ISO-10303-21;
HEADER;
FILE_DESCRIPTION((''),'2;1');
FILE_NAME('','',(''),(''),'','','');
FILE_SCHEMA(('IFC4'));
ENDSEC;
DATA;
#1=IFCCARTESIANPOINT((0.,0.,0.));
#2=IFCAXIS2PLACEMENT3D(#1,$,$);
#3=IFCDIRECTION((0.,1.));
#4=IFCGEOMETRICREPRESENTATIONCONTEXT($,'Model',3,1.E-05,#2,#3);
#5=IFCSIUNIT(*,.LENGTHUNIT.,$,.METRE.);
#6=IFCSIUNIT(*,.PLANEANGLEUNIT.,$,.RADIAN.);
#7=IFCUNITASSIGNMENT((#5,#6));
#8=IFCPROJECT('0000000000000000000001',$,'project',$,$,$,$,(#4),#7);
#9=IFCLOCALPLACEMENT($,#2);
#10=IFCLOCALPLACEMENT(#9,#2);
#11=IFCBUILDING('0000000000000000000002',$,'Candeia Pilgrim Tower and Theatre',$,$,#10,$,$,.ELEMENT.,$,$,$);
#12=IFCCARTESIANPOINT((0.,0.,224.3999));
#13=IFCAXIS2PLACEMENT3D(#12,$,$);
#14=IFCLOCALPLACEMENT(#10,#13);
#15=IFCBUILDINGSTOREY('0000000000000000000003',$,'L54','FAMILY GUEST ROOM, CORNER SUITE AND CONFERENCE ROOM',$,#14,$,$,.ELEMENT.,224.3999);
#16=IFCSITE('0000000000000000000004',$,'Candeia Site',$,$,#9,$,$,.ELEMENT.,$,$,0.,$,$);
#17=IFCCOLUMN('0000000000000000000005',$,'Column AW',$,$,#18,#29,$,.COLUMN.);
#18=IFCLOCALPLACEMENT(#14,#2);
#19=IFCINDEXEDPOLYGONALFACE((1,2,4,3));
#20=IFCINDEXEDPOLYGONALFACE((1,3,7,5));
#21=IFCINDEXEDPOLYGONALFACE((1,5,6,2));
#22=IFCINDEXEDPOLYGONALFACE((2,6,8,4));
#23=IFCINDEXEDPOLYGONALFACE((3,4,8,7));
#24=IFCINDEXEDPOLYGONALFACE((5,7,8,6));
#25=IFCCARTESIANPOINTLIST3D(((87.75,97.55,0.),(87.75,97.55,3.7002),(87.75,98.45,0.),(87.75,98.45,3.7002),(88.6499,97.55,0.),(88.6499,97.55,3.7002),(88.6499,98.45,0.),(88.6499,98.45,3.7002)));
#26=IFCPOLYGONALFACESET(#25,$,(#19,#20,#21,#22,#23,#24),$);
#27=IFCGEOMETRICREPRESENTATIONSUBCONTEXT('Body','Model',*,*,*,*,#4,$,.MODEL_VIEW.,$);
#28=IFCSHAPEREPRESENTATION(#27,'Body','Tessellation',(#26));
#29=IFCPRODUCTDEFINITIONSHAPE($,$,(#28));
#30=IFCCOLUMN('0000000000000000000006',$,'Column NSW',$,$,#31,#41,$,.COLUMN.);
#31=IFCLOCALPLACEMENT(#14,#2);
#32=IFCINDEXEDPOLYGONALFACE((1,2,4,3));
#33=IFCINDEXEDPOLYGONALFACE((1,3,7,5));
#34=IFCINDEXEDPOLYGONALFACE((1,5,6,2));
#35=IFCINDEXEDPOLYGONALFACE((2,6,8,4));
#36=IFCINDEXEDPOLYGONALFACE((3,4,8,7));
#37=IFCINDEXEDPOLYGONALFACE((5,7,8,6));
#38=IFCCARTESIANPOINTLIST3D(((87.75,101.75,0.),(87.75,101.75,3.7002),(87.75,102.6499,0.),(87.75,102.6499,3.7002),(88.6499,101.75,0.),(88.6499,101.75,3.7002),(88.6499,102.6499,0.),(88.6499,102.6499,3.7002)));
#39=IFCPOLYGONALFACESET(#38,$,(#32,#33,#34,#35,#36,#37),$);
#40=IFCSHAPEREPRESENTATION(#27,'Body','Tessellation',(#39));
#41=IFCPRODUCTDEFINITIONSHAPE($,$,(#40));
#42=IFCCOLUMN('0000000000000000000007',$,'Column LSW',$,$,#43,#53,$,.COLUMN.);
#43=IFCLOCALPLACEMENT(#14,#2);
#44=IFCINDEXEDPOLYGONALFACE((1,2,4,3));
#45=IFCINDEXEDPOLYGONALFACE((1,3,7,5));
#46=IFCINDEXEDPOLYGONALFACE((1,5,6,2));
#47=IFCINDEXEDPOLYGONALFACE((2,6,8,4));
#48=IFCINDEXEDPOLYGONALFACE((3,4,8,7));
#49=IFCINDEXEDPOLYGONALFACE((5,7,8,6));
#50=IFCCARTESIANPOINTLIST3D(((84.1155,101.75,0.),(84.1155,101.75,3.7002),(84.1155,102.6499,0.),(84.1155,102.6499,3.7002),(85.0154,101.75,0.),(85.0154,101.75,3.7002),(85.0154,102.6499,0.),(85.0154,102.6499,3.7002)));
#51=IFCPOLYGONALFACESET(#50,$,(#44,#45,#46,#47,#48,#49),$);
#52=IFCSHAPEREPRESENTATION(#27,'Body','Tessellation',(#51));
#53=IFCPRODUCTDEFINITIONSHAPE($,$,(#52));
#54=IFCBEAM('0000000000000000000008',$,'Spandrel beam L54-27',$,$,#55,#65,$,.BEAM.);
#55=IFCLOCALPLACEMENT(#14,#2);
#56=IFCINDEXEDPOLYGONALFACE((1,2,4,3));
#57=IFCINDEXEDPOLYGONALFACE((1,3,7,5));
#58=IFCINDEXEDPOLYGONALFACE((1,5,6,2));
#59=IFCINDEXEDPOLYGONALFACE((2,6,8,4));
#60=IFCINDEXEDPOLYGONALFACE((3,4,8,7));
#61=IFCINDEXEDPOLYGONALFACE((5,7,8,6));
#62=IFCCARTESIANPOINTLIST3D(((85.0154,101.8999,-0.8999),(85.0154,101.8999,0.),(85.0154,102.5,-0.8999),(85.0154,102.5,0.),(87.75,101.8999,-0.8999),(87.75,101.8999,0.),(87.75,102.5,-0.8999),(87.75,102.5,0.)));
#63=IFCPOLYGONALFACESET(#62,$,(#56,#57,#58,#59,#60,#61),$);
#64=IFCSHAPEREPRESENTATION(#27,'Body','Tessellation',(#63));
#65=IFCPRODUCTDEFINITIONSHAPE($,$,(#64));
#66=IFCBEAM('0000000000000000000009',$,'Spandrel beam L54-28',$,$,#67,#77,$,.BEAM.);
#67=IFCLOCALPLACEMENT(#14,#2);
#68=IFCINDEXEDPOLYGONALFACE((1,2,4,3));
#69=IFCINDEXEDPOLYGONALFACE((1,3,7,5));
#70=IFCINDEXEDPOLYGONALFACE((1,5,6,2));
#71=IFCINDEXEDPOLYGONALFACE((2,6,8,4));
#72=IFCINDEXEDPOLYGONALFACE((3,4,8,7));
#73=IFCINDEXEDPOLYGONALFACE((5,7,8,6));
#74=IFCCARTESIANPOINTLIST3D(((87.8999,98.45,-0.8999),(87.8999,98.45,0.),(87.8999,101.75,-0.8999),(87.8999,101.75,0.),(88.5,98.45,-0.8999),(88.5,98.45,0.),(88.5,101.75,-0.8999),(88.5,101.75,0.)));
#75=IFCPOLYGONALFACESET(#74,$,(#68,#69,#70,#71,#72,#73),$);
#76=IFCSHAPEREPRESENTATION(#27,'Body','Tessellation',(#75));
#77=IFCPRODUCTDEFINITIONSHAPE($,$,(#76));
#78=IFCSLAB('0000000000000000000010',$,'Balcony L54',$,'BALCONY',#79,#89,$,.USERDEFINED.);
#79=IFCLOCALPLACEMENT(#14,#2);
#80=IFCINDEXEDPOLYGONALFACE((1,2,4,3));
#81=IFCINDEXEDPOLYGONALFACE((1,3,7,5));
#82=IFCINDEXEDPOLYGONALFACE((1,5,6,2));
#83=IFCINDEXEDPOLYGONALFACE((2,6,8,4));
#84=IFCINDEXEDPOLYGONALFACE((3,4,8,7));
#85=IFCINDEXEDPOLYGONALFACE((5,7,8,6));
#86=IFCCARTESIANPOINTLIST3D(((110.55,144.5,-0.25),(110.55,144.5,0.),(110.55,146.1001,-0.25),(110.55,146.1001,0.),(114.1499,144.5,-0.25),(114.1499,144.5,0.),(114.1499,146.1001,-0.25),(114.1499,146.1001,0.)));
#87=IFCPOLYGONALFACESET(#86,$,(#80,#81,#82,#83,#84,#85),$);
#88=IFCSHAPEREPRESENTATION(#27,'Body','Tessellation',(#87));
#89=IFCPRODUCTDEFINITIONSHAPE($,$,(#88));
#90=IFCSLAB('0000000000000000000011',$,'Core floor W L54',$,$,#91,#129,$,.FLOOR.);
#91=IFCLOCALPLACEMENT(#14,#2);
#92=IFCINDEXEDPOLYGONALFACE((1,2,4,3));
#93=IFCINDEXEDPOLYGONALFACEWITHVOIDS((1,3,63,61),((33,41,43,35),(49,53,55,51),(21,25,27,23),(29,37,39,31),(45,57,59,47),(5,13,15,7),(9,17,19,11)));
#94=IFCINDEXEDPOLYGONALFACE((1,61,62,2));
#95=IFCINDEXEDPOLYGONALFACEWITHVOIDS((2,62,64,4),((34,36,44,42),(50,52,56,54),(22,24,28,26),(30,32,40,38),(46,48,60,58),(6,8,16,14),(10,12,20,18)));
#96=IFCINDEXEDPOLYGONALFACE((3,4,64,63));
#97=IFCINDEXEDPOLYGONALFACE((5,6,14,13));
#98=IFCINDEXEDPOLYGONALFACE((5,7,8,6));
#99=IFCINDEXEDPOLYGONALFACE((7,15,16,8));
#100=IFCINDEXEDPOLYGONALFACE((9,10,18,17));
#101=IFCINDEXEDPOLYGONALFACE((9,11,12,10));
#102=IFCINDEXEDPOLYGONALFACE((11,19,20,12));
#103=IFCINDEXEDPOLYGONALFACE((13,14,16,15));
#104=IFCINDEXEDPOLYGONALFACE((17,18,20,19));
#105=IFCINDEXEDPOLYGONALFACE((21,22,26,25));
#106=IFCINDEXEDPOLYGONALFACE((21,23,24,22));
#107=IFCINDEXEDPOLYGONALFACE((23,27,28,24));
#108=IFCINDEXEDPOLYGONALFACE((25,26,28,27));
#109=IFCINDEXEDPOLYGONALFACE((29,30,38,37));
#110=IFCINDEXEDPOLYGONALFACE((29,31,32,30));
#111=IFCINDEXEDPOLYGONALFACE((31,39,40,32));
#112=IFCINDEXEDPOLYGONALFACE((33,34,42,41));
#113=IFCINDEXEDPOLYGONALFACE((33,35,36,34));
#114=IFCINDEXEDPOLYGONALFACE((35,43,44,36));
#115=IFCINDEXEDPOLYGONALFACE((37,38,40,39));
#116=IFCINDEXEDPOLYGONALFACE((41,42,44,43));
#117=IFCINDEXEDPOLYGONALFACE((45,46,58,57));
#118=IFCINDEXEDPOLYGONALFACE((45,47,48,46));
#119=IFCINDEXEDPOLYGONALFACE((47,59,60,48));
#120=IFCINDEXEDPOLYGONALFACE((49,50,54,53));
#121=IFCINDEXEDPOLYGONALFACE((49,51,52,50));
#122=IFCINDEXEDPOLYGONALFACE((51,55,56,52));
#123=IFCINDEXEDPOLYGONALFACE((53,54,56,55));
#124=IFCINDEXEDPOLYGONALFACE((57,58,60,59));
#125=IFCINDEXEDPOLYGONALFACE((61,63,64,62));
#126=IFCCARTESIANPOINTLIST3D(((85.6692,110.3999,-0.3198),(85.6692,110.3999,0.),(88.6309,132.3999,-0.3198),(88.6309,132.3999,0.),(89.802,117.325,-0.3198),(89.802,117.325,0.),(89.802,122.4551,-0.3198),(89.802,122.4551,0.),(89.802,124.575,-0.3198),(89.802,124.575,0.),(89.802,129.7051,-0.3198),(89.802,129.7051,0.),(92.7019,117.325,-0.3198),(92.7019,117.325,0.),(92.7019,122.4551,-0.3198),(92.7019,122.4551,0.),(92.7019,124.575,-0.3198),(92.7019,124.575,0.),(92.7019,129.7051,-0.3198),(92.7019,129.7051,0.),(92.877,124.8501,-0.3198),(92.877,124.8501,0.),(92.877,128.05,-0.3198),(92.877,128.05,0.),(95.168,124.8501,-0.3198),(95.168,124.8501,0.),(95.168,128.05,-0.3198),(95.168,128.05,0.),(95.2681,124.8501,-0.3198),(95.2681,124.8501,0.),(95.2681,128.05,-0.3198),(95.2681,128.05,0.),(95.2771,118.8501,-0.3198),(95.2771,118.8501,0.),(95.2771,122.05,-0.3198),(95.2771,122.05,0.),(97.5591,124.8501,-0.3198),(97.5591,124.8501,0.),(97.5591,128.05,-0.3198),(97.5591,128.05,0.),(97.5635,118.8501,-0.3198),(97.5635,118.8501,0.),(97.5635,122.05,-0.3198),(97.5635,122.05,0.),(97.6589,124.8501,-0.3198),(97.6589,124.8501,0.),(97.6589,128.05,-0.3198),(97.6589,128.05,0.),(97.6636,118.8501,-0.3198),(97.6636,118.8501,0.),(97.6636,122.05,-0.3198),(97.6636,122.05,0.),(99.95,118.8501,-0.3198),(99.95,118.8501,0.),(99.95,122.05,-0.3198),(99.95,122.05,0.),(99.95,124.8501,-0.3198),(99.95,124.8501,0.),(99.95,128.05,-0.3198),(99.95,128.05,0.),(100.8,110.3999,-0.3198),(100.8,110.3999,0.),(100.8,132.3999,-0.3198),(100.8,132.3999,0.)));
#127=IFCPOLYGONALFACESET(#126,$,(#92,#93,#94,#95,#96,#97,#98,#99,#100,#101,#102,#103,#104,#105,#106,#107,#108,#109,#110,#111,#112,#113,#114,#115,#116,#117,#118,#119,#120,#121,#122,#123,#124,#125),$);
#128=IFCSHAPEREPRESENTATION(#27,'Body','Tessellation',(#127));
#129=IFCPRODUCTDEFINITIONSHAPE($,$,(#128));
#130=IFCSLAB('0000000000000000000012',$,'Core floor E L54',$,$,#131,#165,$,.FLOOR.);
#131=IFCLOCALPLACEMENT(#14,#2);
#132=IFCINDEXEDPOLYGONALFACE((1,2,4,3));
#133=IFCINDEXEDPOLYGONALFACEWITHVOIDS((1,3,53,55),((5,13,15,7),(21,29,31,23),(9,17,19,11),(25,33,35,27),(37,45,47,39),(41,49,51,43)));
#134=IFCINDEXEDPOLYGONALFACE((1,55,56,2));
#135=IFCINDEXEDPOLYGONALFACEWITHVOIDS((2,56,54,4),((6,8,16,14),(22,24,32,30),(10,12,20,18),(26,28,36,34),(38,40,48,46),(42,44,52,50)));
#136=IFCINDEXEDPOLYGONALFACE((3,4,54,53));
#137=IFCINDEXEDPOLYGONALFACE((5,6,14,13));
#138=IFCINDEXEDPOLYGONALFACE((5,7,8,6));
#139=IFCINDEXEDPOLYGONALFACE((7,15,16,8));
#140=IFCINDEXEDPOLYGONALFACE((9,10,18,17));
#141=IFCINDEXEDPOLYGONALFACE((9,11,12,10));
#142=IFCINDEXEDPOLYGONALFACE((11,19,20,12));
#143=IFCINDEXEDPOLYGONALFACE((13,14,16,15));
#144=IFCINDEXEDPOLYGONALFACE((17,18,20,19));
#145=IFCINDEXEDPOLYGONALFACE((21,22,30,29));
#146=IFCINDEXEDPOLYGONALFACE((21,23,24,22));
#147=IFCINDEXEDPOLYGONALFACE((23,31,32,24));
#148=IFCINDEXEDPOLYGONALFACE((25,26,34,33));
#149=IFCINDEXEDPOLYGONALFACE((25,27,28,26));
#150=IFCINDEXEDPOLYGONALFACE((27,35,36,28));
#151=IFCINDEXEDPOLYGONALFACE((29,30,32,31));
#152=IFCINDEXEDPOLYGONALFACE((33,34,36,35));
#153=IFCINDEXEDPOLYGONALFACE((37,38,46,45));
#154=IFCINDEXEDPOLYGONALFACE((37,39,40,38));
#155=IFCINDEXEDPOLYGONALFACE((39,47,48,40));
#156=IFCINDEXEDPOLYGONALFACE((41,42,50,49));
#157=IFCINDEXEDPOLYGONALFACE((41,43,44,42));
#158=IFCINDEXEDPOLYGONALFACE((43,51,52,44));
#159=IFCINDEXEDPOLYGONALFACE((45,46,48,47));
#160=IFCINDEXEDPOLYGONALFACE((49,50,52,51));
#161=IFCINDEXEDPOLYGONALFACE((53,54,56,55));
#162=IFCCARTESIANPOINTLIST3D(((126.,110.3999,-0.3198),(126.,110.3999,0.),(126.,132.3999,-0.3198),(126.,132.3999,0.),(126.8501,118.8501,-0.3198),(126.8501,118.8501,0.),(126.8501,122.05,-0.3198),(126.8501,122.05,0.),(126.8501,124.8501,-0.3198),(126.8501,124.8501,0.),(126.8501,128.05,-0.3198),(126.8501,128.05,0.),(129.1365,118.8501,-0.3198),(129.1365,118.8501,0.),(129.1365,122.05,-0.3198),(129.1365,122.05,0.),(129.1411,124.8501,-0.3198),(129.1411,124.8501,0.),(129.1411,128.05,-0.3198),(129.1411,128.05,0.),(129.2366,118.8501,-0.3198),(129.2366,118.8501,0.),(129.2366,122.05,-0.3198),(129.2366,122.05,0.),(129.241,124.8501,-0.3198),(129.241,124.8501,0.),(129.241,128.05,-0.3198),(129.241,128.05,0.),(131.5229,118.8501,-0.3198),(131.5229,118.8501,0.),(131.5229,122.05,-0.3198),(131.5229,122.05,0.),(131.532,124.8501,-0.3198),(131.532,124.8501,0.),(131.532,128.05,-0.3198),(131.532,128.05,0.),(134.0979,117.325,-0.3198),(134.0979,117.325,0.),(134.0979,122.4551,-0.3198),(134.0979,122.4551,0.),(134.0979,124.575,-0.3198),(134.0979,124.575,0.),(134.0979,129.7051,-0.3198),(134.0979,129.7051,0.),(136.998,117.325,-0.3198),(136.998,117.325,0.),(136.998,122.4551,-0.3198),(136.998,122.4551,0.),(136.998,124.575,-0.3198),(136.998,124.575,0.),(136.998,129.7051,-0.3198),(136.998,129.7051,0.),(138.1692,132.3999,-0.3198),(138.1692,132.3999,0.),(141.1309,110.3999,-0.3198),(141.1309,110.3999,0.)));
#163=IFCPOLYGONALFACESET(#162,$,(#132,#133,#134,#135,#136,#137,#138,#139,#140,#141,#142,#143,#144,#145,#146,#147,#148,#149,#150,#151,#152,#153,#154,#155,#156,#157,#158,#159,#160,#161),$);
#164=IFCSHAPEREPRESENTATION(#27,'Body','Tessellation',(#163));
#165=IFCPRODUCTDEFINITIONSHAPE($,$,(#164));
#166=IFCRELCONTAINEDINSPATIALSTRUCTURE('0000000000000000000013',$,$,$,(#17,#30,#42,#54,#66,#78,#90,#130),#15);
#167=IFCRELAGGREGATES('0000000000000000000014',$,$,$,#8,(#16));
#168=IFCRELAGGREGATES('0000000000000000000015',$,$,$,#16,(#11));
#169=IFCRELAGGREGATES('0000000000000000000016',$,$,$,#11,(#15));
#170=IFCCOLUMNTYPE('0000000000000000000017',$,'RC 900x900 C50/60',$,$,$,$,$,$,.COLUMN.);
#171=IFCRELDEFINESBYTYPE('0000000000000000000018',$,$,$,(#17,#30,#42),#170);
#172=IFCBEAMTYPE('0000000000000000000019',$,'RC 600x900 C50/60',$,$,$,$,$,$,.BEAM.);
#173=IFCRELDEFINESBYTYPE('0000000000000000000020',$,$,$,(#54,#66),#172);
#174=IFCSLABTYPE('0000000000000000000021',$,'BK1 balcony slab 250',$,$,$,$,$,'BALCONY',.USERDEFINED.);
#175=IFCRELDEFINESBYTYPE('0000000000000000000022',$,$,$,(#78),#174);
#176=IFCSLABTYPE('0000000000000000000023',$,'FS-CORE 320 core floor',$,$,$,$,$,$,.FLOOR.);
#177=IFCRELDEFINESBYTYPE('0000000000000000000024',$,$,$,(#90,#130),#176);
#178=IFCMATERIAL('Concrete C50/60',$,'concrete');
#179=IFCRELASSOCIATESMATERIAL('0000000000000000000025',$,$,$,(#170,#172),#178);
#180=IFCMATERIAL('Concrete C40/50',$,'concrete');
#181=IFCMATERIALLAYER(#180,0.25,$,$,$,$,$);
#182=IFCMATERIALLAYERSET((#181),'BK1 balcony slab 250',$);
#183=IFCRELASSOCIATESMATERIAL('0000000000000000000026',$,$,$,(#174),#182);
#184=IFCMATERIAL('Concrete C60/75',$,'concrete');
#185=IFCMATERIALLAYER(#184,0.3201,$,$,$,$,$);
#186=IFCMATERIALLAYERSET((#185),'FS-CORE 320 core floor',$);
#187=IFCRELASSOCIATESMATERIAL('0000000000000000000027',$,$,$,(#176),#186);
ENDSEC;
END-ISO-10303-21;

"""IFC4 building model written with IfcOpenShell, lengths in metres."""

from ifc_helpers import new_model, si_unit, direction, frame, origin, origin_2d, place, context, subcontext, project, spatial, polyline, rectangle, outline, extrude, material, layer, layer_set, material_profile, profile_set, type_object, element, save


model = new_model("IFC4")

# Units and contexts
model_context = context("Model", 3, precision=1e-05, world=origin(), true_north=direction((0.0, 1.0)))
body_context = subcontext(model_context, "Body", "Model", "MODEL_VIEW")
ifc_project = project(units=[si_unit("LENGTHUNIT", "METRE"), si_unit("PLANEANGLEUNIT", "RADIAN")], contexts=[model_context])

# Site, building, storey
site_placement = place(None, origin())
site = spatial("IfcSite", under=ifc_project, at=site_placement, Name="Candeia Site", CompositionType="ELEMENT", RefElevation=0.0)
building_placement = place(site_placement, origin())
building = spatial("IfcBuilding", under=site, at=building_placement, Name="Candeia Pilgrim Tower and Theatre", CompositionType="ELEMENT")
storey_placement = place(building_placement, frame((0.0, 0.0, 224.3999)))
storey = spatial("IfcBuildingStorey", under=building, at=storey_placement, Name="L54", Description="FAMILY GUEST ROOM, CORNER SUITE AND CONFERENCE ROOM", CompositionType="ELEMENT", Elevation=224.3999)

# Columns
ifc_material_1 = material(Name="Concrete C50/60", Category="concrete")
ifc_material_profile_1 = material_profile(ifc_material_1, rectangle(XDim=0.8999, YDim=0.8999, at=origin_2d()))
ifc_profile_set_1 = profile_set([ifc_material_profile_1], Name="Concrete C50/60")
column_type = type_object("IfcColumnType", Name="RC 900x900 C50/60", PredefinedType="COLUMN", material=ifc_profile_set_1)
for number, where, z_axis, x_axis, name in (
    (1, (88.2, 98.0, 0.0), (0.0, 0.0, 1.0), (1.0, 0.0, 0.0), "Column AW"),
    (2, (88.2, 102.2, 0.0), (0.0, 0.0, 1.0), (1.0, 0.0, 0.0), "Column NSW"),
    (3, (84.5654, 102.2, 0.0), (0.0, 0.0, 1.0), (1.0, 0.0, 0.0), "Column LSW"),
):
    element("IfcColumn", number, at=place(storey_placement, frame(where, z_axis=z_axis, x_axis=x_axis)), inside=storey, type_object=column_type, Name=name, PredefinedType="COLUMN", context=body_context, shape_type="SweptSolid", body=[
        extrude(rectangle(XDim=0.8999, YDim=0.8999, at=origin_2d()), origin(), (0.0, 0.0, 1.0), 3.7002),
    ])

# Beams
ifc_material_profile_2 = material_profile(ifc_material_1, rectangle(XDim=0.6001, YDim=0.8999, at=origin_2d()))
ifc_profile_set_2 = profile_set([ifc_material_profile_2], Name="Concrete C50/60")
beam_type = type_object("IfcBeamType", Name="RC 600x900 C50/60", PredefinedType="BEAM", material=ifc_profile_set_2)
beam_1_placement = place(storey_placement, frame((85.0154, 102.2, -0.45), z_axis=(1.0, 0.0, 0.0), x_axis=(0.0, 1.0, 0.0)))
element("IfcBeam", 4, at=beam_1_placement, inside=storey, type_object=beam_type, Name="Spandrel beam L54-27", PredefinedType="BEAM", context=body_context, shape_type="SweptSolid", body=[
    extrude(rectangle(XDim=0.6001, YDim=0.8999, at=origin_2d()), origin(), (0.0, 0.0, 1.0), 2.7346),
])
beam_2_placement = place(storey_placement, frame((88.2, 101.75, -0.45), z_axis=(0.0, -1.0, 0.0), x_axis=(1.0, 0.0, 0.0)))
element("IfcBeam", 5, at=beam_2_placement, inside=storey, type_object=beam_type, Name="Spandrel beam L54-28", PredefinedType="BEAM", context=body_context, shape_type="SweptSolid", body=[
    extrude(rectangle(XDim=0.6001, YDim=0.8999, at=origin_2d()), origin(), (0.0, 0.0, 1.0), 3.3),
])

# Slabs
ifc_material_2 = material(Name="Concrete C40/50", Category="concrete")
ifc_layer_1 = layer(ifc_material_2, 0.25)
ifc_layer_set_1 = layer_set([ifc_layer_1], Name="BK1 balcony slab 250")
slab_type_1 = type_object("IfcSlabType", Name="BK1 balcony slab 250", ElementType="BALCONY", PredefinedType="USERDEFINED", material=ifc_layer_set_1)
slab_1_placement = place(storey_placement, frame((0.0, 0.0, -0.25)))
element("IfcSlab", 6, at=slab_1_placement, inside=storey, type_object=slab_type_1, Name="Balcony L54", ObjectType="BALCONY", PredefinedType="USERDEFINED", context=body_context, shape_type="SweptSolid", body=[
    extrude(outline(polyline([(110.55, 144.5), (114.1499, 144.5), (114.1499, 146.1001), (110.55, 146.1001), (110.55, 144.5)])), origin(), (0.0, 0.0, 1.0), 0.25),
])
ifc_material_3 = material(Name="Concrete C60/75", Category="concrete")
ifc_layer_2 = layer(ifc_material_3, 0.3201)
ifc_layer_set_2 = layer_set([ifc_layer_2], Name="FS-CORE 320 core floor")
slab_type_2 = type_object("IfcSlabType", Name="FS-CORE 320 core floor", PredefinedType="FLOOR", material=ifc_layer_set_2)
slab_2_placement = place(storey_placement, frame((0.0, 0.0, -0.3198)))
element("IfcSlab", 7, at=slab_2_placement, inside=storey, type_object=slab_type_2, Name="Core floor W L54", PredefinedType="FLOOR", context=body_context, shape_type="SweptSolid", body=[
    extrude(outline(polyline([(100.8, 132.3999), (100.8, 110.3999), (85.6692, 110.3999), (88.6309, 132.3999), (100.8, 132.3999)]), holes=[polyline([(97.6589, 128.05), (97.6589, 124.8501), (99.95, 124.8501), (99.95, 128.05), (97.6589, 128.05)]), polyline([(97.6636, 122.05), (97.6636, 118.8501), (99.95, 118.8501), (99.95, 122.05), (97.6636, 122.05)]), polyline([(95.2771, 122.05), (95.2771, 118.8501), (97.5635, 118.8501), (97.5635, 122.05), (95.2771, 122.05)]), polyline([(95.2681, 128.05), (95.2681, 124.8501), (97.5591, 124.8501), (97.5591, 128.05), (95.2681, 128.05)]), polyline([(92.877, 128.05), (92.877, 124.8501), (95.168, 124.8501), (95.168, 128.05), (92.877, 128.05)]), polyline([(89.802, 117.325), (92.7019, 117.325), (92.7019, 122.4551), (89.802, 122.4551), (89.802, 117.325)]), polyline([(89.802, 129.7051), (89.802, 124.575), (92.7019, 124.575), (92.7019, 129.7051), (89.802, 129.7051)])]), origin(), (0.0, 0.0, 1.0), 0.3198),
])
slab_3_placement = place(storey_placement, frame((0.0, 0.0, -0.3198)))
element("IfcSlab", 8, at=slab_3_placement, inside=storey, type_object=slab_type_2, Name="Core floor E L54", PredefinedType="FLOOR", context=body_context, shape_type="SweptSolid", body=[
    extrude(outline(polyline([(138.1692, 132.3999), (141.1309, 110.3999), (126.0, 110.3999), (126.0, 132.3999), (138.1692, 132.3999)]), holes=[polyline([(134.0979, 117.325), (136.998, 117.325), (136.998, 122.4551), (134.0979, 122.4551), (134.0979, 117.325)]), polyline([(134.0979, 129.7051), (134.0979, 124.575), (136.998, 124.575), (136.998, 129.7051), (134.0979, 129.7051)]), polyline([(131.532, 128.05), (129.241, 128.05), (129.241, 124.8501), (131.532, 124.8501), (131.532, 128.05)]), polyline([(131.5229, 122.05), (129.2366, 122.05), (129.2366, 118.8501), (131.5229, 118.8501), (131.5229, 122.05)]), polyline([(126.8501, 128.05), (126.8501, 124.8501), (129.1411, 124.8501), (129.1411, 128.05), (126.8501, 128.05)]), polyline([(129.1365, 122.05), (126.8501, 122.05), (126.8501, 118.8501), (129.1365, 118.8501), (129.1365, 122.05)])]), origin(), (0.0, 0.0, 1.0), 0.3198),
])

save(model, "model.ifc")
